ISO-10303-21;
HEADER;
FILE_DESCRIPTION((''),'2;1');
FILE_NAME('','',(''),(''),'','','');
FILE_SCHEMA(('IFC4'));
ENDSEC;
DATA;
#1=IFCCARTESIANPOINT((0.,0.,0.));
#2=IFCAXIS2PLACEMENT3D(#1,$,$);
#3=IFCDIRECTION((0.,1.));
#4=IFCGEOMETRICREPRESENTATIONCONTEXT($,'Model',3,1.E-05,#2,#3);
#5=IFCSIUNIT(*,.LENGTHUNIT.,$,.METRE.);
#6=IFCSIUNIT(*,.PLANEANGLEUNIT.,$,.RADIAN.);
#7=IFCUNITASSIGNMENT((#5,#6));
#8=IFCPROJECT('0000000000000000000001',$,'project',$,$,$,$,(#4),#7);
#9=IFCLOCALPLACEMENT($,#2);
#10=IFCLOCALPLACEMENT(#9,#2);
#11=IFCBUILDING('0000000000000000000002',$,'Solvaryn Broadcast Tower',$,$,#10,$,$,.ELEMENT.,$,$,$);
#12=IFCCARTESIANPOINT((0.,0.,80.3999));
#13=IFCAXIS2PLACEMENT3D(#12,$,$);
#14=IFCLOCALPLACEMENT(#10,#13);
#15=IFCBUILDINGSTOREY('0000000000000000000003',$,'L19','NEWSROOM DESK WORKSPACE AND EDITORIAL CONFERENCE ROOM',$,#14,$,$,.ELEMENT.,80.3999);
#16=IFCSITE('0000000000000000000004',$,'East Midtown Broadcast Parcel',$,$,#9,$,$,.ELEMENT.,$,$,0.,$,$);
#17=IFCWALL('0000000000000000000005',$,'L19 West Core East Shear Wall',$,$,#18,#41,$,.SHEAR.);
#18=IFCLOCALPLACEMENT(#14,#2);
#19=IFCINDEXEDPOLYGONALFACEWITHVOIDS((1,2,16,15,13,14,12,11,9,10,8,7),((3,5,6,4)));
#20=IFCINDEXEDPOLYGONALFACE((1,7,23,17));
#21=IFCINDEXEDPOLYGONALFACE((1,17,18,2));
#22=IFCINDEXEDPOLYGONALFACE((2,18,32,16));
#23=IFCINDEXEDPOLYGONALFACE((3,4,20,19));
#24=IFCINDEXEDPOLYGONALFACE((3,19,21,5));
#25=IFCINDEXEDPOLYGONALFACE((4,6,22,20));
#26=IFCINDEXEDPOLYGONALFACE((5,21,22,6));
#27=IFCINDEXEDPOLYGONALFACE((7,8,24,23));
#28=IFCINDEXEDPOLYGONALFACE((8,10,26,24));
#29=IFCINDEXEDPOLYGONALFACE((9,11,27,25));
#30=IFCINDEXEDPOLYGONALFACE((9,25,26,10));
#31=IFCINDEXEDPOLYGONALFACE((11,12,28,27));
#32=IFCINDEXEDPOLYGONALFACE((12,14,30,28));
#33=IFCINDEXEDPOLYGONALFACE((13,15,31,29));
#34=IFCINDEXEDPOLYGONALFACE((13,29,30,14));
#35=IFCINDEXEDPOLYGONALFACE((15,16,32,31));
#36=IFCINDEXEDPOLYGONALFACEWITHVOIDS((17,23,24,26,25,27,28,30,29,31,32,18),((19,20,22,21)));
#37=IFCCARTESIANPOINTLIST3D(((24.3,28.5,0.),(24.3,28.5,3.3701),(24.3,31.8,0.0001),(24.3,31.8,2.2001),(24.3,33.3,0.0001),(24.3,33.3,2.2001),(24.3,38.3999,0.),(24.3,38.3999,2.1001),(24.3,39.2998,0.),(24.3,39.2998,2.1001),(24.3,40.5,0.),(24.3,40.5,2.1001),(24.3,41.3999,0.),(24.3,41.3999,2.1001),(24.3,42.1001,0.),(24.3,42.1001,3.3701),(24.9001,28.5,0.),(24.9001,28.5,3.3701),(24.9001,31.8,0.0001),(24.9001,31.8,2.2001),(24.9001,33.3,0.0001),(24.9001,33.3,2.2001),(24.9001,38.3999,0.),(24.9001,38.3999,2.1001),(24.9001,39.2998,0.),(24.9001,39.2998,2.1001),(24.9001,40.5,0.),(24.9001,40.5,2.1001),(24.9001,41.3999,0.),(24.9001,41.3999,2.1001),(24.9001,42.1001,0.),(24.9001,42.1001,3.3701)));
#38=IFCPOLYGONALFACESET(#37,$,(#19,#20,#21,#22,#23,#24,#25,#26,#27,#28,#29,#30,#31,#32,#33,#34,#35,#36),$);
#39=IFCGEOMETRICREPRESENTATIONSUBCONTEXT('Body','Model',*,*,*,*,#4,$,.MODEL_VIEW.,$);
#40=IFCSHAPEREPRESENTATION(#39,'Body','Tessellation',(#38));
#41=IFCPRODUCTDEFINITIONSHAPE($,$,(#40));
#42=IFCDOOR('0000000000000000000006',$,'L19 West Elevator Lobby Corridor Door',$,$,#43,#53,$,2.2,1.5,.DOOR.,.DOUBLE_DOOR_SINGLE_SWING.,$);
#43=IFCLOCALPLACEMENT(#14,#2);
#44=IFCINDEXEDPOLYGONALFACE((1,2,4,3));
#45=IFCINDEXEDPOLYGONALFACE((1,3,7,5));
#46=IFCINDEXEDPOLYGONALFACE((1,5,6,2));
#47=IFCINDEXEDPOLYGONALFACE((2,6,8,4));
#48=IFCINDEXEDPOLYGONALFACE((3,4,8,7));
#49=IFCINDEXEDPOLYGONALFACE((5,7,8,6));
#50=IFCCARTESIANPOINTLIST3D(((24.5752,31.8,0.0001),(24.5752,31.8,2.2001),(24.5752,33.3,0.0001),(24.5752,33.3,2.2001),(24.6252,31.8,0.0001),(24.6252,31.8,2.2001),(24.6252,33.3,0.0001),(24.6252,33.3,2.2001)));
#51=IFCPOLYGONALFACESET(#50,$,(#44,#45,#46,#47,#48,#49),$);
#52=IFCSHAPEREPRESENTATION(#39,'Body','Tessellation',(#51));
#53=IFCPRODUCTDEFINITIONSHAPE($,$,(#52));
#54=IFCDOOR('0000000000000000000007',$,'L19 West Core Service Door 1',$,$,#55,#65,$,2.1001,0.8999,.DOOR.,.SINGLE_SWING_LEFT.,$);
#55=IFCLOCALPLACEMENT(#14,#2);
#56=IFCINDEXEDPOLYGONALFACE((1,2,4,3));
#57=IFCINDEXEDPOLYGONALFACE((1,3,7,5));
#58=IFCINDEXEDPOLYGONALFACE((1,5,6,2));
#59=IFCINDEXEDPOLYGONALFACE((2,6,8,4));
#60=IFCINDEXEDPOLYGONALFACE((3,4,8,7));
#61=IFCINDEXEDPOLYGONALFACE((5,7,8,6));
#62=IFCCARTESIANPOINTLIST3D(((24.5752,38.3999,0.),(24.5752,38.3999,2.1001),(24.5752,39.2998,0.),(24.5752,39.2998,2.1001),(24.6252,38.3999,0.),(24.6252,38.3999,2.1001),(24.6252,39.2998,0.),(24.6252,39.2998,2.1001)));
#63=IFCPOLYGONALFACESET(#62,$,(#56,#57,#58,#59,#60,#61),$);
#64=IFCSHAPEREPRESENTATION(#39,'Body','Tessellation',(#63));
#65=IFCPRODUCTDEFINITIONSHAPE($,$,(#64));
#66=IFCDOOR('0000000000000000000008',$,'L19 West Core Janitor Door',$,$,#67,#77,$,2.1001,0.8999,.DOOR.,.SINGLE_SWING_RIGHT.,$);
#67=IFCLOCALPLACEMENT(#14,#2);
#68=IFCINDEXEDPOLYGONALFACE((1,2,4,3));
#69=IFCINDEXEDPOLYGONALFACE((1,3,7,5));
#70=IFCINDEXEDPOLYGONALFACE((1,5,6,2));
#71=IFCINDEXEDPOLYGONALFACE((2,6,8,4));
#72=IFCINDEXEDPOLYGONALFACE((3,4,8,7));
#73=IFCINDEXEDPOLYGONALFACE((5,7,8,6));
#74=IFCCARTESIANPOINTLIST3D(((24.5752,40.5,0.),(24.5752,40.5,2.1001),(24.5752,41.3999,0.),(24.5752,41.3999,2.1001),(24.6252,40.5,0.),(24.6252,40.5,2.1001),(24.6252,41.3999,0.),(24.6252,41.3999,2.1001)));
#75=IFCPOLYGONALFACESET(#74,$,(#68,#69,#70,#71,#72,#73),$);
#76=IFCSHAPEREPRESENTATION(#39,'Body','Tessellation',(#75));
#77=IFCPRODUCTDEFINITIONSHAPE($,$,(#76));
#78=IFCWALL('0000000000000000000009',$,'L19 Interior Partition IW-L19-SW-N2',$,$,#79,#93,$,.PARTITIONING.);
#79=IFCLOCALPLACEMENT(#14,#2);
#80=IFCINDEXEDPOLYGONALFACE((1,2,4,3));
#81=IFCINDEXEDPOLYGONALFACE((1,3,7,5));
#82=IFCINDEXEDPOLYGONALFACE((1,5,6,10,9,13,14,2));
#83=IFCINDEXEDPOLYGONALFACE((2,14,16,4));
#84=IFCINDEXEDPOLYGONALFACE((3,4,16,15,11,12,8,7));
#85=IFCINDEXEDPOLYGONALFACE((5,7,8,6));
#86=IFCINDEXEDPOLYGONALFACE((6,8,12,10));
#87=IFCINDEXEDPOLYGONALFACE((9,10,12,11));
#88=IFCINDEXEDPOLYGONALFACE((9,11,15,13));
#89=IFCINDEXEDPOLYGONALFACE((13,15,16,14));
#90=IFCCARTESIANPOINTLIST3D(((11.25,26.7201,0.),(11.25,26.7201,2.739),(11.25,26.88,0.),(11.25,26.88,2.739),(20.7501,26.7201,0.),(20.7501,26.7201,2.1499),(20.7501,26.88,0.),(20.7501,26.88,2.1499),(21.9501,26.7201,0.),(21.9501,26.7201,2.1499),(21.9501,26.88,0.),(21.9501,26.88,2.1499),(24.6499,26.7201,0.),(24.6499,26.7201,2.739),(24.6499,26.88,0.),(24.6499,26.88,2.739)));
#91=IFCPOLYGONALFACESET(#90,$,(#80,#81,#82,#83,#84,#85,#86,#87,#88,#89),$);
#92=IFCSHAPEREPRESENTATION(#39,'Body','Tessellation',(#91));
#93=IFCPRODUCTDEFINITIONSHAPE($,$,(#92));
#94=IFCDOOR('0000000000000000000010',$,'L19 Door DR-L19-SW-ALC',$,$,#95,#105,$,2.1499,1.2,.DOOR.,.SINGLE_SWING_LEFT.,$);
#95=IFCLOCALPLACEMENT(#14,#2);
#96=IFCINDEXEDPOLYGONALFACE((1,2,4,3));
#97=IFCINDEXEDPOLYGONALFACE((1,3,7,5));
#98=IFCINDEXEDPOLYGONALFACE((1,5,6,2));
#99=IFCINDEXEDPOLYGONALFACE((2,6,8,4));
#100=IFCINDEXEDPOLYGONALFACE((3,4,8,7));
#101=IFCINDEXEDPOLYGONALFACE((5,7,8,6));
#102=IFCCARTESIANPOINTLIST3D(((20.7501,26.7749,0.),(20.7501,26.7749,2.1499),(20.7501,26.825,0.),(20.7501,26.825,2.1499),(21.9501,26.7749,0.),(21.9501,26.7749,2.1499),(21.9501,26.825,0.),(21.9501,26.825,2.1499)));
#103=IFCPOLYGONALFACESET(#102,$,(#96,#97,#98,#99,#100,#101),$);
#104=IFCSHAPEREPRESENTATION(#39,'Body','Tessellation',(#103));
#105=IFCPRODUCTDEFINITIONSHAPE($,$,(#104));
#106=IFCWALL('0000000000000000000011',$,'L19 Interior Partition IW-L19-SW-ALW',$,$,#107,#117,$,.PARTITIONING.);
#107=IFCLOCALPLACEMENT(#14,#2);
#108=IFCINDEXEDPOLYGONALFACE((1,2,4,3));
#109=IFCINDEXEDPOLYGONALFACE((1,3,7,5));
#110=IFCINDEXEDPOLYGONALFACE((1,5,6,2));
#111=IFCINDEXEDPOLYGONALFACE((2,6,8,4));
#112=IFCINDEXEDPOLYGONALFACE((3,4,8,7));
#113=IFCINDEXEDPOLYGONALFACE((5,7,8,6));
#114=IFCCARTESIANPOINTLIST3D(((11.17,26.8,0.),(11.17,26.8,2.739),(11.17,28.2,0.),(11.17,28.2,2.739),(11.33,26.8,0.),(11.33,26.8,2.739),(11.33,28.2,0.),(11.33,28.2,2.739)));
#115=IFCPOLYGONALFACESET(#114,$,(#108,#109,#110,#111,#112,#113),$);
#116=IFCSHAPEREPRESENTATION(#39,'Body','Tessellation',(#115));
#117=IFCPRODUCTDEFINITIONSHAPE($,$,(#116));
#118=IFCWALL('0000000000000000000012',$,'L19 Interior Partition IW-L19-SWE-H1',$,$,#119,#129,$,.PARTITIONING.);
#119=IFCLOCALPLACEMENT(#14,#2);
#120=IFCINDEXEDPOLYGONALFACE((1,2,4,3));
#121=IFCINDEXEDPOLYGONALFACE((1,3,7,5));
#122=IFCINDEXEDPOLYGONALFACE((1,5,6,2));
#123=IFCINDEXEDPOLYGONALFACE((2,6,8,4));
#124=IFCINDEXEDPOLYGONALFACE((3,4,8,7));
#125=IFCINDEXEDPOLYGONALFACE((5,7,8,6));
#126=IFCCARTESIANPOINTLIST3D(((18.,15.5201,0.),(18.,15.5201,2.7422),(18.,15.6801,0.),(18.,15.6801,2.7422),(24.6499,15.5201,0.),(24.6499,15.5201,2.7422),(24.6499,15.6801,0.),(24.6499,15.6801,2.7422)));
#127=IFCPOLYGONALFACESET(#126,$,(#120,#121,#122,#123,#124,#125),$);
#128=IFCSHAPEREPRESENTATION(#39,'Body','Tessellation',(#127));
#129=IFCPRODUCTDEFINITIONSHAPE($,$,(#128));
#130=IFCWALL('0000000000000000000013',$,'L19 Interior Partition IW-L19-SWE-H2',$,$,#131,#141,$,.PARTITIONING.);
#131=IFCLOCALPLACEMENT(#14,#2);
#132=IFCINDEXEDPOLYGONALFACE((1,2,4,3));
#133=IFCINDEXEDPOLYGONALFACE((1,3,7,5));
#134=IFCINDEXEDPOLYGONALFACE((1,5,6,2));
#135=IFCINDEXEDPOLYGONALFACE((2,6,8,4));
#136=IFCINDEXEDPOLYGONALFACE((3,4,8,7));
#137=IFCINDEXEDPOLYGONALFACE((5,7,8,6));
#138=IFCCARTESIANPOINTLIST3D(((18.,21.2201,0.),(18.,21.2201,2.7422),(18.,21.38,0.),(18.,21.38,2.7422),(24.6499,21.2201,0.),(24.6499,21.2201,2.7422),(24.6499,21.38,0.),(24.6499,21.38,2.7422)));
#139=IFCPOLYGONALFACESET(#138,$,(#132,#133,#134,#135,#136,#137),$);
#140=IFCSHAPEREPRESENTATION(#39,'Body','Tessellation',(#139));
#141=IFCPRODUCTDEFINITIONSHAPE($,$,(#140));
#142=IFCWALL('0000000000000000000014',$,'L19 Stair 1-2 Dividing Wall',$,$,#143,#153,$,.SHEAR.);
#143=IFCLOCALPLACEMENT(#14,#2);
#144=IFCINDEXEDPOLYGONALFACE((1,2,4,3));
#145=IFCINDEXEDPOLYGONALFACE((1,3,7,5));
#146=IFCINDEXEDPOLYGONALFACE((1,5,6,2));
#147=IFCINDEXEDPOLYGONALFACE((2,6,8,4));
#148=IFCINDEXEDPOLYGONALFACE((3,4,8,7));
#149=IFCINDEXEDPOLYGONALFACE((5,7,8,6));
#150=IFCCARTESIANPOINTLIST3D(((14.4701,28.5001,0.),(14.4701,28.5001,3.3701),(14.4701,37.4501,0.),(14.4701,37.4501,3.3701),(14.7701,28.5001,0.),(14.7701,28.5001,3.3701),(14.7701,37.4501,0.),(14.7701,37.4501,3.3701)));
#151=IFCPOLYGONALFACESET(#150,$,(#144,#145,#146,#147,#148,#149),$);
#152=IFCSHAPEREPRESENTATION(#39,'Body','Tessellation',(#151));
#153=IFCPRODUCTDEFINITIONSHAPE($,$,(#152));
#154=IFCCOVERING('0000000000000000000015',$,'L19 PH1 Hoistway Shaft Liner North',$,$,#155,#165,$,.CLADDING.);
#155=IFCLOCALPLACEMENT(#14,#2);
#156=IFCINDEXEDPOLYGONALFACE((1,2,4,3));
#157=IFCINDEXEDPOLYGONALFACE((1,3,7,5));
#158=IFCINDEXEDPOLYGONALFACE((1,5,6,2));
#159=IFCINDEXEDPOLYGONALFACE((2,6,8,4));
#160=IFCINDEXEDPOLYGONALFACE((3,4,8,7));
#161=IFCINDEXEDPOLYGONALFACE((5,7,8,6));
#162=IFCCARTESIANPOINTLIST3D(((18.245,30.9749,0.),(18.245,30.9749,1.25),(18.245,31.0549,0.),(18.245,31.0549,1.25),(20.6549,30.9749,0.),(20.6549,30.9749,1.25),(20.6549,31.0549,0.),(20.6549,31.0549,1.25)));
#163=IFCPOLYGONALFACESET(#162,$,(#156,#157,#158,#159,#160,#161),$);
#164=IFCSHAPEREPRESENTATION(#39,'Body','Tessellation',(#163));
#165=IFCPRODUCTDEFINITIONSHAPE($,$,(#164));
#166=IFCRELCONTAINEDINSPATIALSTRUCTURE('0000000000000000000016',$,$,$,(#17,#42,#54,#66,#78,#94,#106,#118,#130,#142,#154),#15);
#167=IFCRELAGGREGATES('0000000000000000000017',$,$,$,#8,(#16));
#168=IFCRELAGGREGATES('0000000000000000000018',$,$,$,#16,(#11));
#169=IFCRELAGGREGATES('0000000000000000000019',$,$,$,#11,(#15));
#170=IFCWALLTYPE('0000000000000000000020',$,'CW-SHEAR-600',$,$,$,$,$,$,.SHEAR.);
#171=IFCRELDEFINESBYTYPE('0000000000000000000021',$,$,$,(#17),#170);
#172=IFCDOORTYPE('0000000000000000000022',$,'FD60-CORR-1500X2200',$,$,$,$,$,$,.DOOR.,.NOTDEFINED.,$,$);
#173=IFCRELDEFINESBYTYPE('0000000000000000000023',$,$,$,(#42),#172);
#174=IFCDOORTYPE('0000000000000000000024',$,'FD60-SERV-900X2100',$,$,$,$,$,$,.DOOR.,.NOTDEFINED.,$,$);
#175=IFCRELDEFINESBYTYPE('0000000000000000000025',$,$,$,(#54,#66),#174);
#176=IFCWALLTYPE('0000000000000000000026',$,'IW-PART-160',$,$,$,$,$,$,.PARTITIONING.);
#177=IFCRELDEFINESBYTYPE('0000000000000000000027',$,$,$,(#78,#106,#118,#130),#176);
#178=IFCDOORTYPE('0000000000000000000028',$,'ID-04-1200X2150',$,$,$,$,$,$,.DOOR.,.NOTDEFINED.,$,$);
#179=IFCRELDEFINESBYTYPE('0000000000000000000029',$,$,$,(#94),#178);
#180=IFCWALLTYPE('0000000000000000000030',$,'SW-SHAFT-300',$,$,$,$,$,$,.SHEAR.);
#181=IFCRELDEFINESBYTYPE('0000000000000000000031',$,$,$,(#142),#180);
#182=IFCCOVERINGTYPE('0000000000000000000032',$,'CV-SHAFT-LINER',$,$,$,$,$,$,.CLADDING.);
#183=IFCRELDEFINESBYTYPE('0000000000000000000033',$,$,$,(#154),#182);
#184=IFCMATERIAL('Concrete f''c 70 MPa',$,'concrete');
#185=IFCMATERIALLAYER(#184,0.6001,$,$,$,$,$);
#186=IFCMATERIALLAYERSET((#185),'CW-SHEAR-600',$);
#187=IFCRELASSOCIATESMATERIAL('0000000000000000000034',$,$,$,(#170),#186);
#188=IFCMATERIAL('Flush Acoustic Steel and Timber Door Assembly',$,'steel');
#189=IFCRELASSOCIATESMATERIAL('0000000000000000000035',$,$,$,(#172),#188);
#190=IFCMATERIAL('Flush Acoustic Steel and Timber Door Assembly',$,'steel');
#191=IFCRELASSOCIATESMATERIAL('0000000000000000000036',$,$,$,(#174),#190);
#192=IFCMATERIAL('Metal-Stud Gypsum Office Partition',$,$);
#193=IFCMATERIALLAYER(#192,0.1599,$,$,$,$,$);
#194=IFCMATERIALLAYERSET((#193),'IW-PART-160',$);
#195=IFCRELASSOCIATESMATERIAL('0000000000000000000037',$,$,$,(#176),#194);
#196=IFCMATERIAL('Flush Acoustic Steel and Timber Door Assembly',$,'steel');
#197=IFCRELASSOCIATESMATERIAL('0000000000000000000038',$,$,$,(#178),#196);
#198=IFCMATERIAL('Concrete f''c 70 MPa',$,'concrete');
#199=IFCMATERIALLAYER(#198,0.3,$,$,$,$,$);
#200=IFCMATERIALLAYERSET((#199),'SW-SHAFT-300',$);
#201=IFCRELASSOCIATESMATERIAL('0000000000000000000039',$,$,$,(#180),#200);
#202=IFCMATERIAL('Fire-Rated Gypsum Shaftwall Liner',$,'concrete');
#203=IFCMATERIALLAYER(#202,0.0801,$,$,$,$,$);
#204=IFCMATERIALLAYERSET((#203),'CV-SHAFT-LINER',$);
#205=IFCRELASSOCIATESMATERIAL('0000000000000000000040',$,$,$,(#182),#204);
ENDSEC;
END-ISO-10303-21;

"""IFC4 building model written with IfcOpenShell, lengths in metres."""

from ifc_helpers import new_model, si_unit, direction, frame, frame_2d, origin, origin_2d, place, context, subcontext, project, spatial, rectangle, extrude, material, layer, layer_set, type_object, element, fill, save


model = new_model("IFC4")

# Units and contexts
model_context = context("Model", 3, precision=1e-05, world=origin(), true_north=direction((0.0, 1.0)))
body_context = subcontext(model_context, "Body", "Model", "MODEL_VIEW")
ifc_project = project(units=[si_unit("LENGTHUNIT", "METRE"), si_unit("PLANEANGLEUNIT", "RADIAN")], contexts=[model_context])

# Site, building, storey
site_placement = place(None, origin())
site = spatial("IfcSite", under=ifc_project, at=site_placement, Name="East Midtown Broadcast Parcel", CompositionType="ELEMENT", RefElevation=0.0)
building_placement = place(site_placement, origin())
building = spatial("IfcBuilding", under=site, at=building_placement, Name="Solvaryn Broadcast Tower", CompositionType="ELEMENT")
storey_placement = place(building_placement, frame((0.0, 0.0, 80.3999)))
storey = spatial("IfcBuildingStorey", under=building, at=storey_placement, Name="L19", Description="NEWSROOM DESK WORKSPACE AND EDITORIAL CONFERENCE ROOM", CompositionType="ELEMENT", Elevation=80.3999)

# Wall, openings, doors
ifc_material_1 = material(Name="Concrete f'c 70 MPa", Category="concrete")
ifc_layer_1 = layer(ifc_material_1, 0.6001)
ifc_layer_set_1 = layer_set([ifc_layer_1], Name="CW-SHEAR-600")
wall_type_1 = type_object("IfcWallType", Name="CW-SHEAR-600", PredefinedType="SHEAR", material=ifc_layer_set_1)
wall_1_placement = place(storey_placement, frame((24.6001, 28.5, 0.0), z_axis=(0.0, 0.0, 1.0), x_axis=(0.0, 1.0, 0.0)))
wall_1 = element("IfcWall", 1, at=wall_1_placement, inside=storey, type_object=wall_type_1, Name="L19 West Core East Shear Wall", PredefinedType="SHEAR", context=body_context, shape_type="SweptSolid", body=[
    extrude(rectangle(XDim=13.6001, YDim=0.6001, at=frame_2d((6.8, 0.0))), origin(), (0.0, 0.0, 1.0), 3.3701),
])
opening_1_placement = place(wall_1_placement, frame((3.3, 0.0, 0.0)))
opening_1 = element("IfcOpeningElement", 2, at=opening_1_placement, cuts=wall_1, PredefinedType="OPENING", context=body_context, shape_type="SweptSolid", body=[
    extrude(rectangle(XDim=1.5, YDim=2.2, at=frame_2d((0.75, 1.1001))), frame((0.0, 0.3101, 0.0), z_axis=(0.0, -1.0, 0.0), x_axis=(1.0, 0.0, 0.0)), (0.0, 0.0, 1.0), 0.6201),
])
opening_2_placement = place(wall_1_placement, frame((9.8999, 0.0, 0.0)))
opening_2 = element("IfcOpeningElement", 3, at=opening_2_placement, cuts=wall_1, PredefinedType="OPENING", context=body_context, shape_type="SweptSolid", body=[
    extrude(rectangle(XDim=0.8999, YDim=2.1001, at=frame_2d((0.45, 1.05))), frame((0.0, 0.3101, 0.0), z_axis=(0.0, -1.0, 0.0), x_axis=(1.0, 0.0, 0.0)), (0.0, 0.0, 1.0), 0.6201),
])
opening_3_placement = place(wall_1_placement, frame((12.0, 0.0, 0.0)))
opening_3 = element("IfcOpeningElement", 4, at=opening_3_placement, cuts=wall_1, PredefinedType="OPENING", context=body_context, shape_type="SweptSolid", body=[
    extrude(rectangle(XDim=0.8999, YDim=2.1001, at=frame_2d((0.45, 1.05))), frame((0.0, 0.3101, 0.0), z_axis=(0.0, -1.0, 0.0), x_axis=(1.0, 0.0, 0.0)), (0.0, 0.0, 1.0), 0.6201),
])
ifc_material_2 = material(Name="Flush Acoustic Steel and Timber Door Assembly", Category="steel")
door_type_1 = type_object("IfcDoorType", Name="FD60-CORR-1500X2200", OperationType="NOTDEFINED", PredefinedType="DOOR", material=ifc_material_2)
door_1_placement = place(opening_1_placement, origin())
door_1 = element("IfcDoor", 5, at=door_1_placement, inside=storey, type_object=door_type_1, Name="L19 West Elevator Lobby Corridor Door", OperationType="DOUBLE_DOOR_SINGLE_SWING", OverallHeight=2.2, OverallWidth=1.5, PredefinedType="DOOR", context=body_context, shape_type="SweptSolid", body=[
    extrude(rectangle(XDim=1.5, YDim=2.2, at=frame_2d((0.75, 1.1001))), frame((0.0, 0.0249, 0.0), z_axis=(0.0, -1.0, 0.0), x_axis=(1.0, 0.0, 0.0)), (0.0, 0.0, 1.0), 0.05),
])
fill(opening_1, door_1)
ifc_material_3 = material(Name="Flush Acoustic Steel and Timber Door Assembly", Category="steel")
door_type_2 = type_object("IfcDoorType", Name="FD60-SERV-900X2100", OperationType="NOTDEFINED", PredefinedType="DOOR", material=ifc_material_3)
door_2_placement = place(opening_2_placement, origin())
door_2 = element("IfcDoor", 6, at=door_2_placement, inside=storey, type_object=door_type_2, Name="L19 West Core Service Door 1", OperationType="SINGLE_SWING_LEFT", OverallHeight=2.1001, OverallWidth=0.8999, PredefinedType="DOOR", context=body_context, shape_type="SweptSolid", body=[
    extrude(rectangle(XDim=0.8999, YDim=2.1001, at=frame_2d((0.45, 1.05))), frame((0.0, 0.0249, 0.0), z_axis=(0.0, -1.0, 0.0), x_axis=(1.0, 0.0, 0.0)), (0.0, 0.0, 1.0), 0.05),
])
fill(opening_2, door_2)
door_3_placement = place(opening_3_placement, origin())
door_3 = element("IfcDoor", 7, at=door_3_placement, inside=storey, type_object=door_type_2, Name="L19 West Core Janitor Door", OperationType="SINGLE_SWING_RIGHT", OverallHeight=2.1001, OverallWidth=0.8999, PredefinedType="DOOR", context=body_context, shape_type="SweptSolid", body=[
    extrude(rectangle(XDim=0.8999, YDim=2.1001, at=frame_2d((0.45, 1.05))), frame((0.0, 0.0249, 0.0), z_axis=(0.0, -1.0, 0.0), x_axis=(1.0, 0.0, 0.0)), (0.0, 0.0, 1.0), 0.05),
])
fill(opening_3, door_3)

# Wall, opening, door
ifc_material_4 = material(Name="Metal-Stud Gypsum Office Partition")
ifc_layer_2 = layer(ifc_material_4, 0.1599)
ifc_layer_set_2 = layer_set([ifc_layer_2], Name="IW-PART-160")
wall_type_2 = type_object("IfcWallType", Name="IW-PART-160", PredefinedType="PARTITIONING", material=ifc_layer_set_2)
wall_2_placement = place(storey_placement, frame((11.25, 26.8, 0.0), z_axis=(0.0, 0.0, 1.0), x_axis=(1.0, 0.0, 0.0)))
wall_2 = element("IfcWall", 8, at=wall_2_placement, inside=storey, type_object=wall_type_2, Name="L19 Interior Partition IW-L19-SW-N2", PredefinedType="PARTITIONING", context=body_context, shape_type="SweptSolid", body=[
    extrude(rectangle(XDim=13.3999, YDim=0.1599, at=frame_2d((6.7, 0.0))), origin(), (0.0, 0.0, 1.0), 2.739),
])
opening_4_placement = place(wall_2_placement, frame((9.5, 0.0, 0.0)))
opening_4 = element("IfcOpeningElement", 9, at=opening_4_placement, cuts=wall_2, PredefinedType="OPENING", context=body_context, shape_type="SweptSolid", body=[
    extrude(rectangle(XDim=1.2, YDim=2.1499, at=frame_2d((0.6001, 1.075))), frame((0.0, 0.0901, 0.0), z_axis=(0.0, -1.0, 0.0), x_axis=(1.0, 0.0, 0.0)), (0.0, 0.0, 1.0), 0.1799),
])
ifc_material_5 = material(Name="Flush Acoustic Steel and Timber Door Assembly", Category="steel")
door_type_3 = type_object("IfcDoorType", Name="ID-04-1200X2150", OperationType="NOTDEFINED", PredefinedType="DOOR", material=ifc_material_5)
door_4_placement = place(opening_4_placement, origin())
door_4 = element("IfcDoor", 10, at=door_4_placement, inside=storey, type_object=door_type_3, Name="L19 Door DR-L19-SW-ALC", OperationType="SINGLE_SWING_LEFT", OverallHeight=2.1499, OverallWidth=1.2, PredefinedType="DOOR", context=body_context, shape_type="SweptSolid", body=[
    extrude(rectangle(XDim=1.2, YDim=2.1499, at=frame_2d((0.6001, 1.075))), frame((0.0, 0.0249, 0.0), z_axis=(0.0, -1.0, 0.0), x_axis=(1.0, 0.0, 0.0)), (0.0, 0.0, 1.0), 0.05),
])
fill(opening_4, door_4)

# Walls
wall_3_placement = place(storey_placement, frame((11.25, 26.8, 0.0), z_axis=(0.0, 0.0, 1.0), x_axis=(0.0, 1.0, 0.0)))
element("IfcWall", 11, at=wall_3_placement, inside=storey, type_object=wall_type_2, Name="L19 Interior Partition IW-L19-SW-ALW", PredefinedType="PARTITIONING", context=body_context, shape_type="SweptSolid", body=[
    extrude(rectangle(XDim=1.3999, YDim=0.1599, at=frame_2d((0.7, 0.0))), origin(), (0.0, 0.0, 1.0), 2.739),
])
for number, where, z_axis, x_axis, name in (
    (12, (18.0, 15.6001, 0.0), (0.0, 0.0, 1.0), (1.0, 0.0, 0.0), "L19 Interior Partition IW-L19-SWE-H1"),
    (13, (18.0, 21.3, 0.0), (0.0, 0.0, 1.0), (1.0, 0.0, 0.0), "L19 Interior Partition IW-L19-SWE-H2"),
):
    element("IfcWall", number, at=place(storey_placement, frame(where, z_axis=z_axis, x_axis=x_axis)), inside=storey, type_object=wall_type_2, Name=name, PredefinedType="PARTITIONING", context=body_context, shape_type="SweptSolid", body=[
        extrude(rectangle(XDim=6.6499, YDim=0.1599, at=frame_2d((3.325, 0.0))), origin(), (0.0, 0.0, 1.0), 2.7422),
    ])
ifc_material_6 = material(Name="Concrete f'c 70 MPa", Category="concrete")
ifc_layer_3 = layer(ifc_material_6, 0.3)
ifc_layer_set_3 = layer_set([ifc_layer_3], Name="SW-SHAFT-300")
wall_type_3 = type_object("IfcWallType", Name="SW-SHAFT-300", PredefinedType="SHEAR", material=ifc_layer_set_3)
wall_4_placement = place(storey_placement, frame((14.6201, 28.5, 0.0), z_axis=(0.0, 0.0, 1.0), x_axis=(0.0, 1.0, 0.0)))
element("IfcWall", 14, at=wall_4_placement, inside=storey, type_object=wall_type_3, Name="L19 Stair 1-2 Dividing Wall", PredefinedType="SHEAR", context=body_context, shape_type="SweptSolid", body=[
    extrude(rectangle(XDim=8.95, YDim=0.3, at=frame_2d((4.4751, 0.0))), origin(), (0.0, 0.0, 1.0), 3.3701),
])

# Covering
ifc_material_7 = material(Name="Fire-Rated Gypsum Shaftwall Liner", Category="concrete")
ifc_layer_4 = layer(ifc_material_7, 0.0801)
ifc_layer_set_4 = layer_set([ifc_layer_4], Name="CV-SHAFT-LINER")
covering_type = type_object("IfcCoveringType", Name="CV-SHAFT-LINER", PredefinedType="CLADDING", material=ifc_layer_set_4)
for number, where, z_axis, x_axis, name in (
    (15, (19.45, 31.0149, 0.0), (0.0, 0.0, 1.0), (1.0, 0.0, 0.0), "L19 PH1 Hoistway Shaft Liner North"),
):
    element("IfcCovering", number, at=place(storey_placement, frame(where, z_axis=z_axis, x_axis=x_axis)), inside=storey, type_object=covering_type, Name=name, PredefinedType="CLADDING", context=body_context, shape_type="SweptSolid", body=[
        extrude(rectangle(XDim=2.4099, YDim=0.0801, at=origin_2d()), origin(), (0.0, 0.0, 1.0), 1.25),
    ])

save(model, "model.ifc")
